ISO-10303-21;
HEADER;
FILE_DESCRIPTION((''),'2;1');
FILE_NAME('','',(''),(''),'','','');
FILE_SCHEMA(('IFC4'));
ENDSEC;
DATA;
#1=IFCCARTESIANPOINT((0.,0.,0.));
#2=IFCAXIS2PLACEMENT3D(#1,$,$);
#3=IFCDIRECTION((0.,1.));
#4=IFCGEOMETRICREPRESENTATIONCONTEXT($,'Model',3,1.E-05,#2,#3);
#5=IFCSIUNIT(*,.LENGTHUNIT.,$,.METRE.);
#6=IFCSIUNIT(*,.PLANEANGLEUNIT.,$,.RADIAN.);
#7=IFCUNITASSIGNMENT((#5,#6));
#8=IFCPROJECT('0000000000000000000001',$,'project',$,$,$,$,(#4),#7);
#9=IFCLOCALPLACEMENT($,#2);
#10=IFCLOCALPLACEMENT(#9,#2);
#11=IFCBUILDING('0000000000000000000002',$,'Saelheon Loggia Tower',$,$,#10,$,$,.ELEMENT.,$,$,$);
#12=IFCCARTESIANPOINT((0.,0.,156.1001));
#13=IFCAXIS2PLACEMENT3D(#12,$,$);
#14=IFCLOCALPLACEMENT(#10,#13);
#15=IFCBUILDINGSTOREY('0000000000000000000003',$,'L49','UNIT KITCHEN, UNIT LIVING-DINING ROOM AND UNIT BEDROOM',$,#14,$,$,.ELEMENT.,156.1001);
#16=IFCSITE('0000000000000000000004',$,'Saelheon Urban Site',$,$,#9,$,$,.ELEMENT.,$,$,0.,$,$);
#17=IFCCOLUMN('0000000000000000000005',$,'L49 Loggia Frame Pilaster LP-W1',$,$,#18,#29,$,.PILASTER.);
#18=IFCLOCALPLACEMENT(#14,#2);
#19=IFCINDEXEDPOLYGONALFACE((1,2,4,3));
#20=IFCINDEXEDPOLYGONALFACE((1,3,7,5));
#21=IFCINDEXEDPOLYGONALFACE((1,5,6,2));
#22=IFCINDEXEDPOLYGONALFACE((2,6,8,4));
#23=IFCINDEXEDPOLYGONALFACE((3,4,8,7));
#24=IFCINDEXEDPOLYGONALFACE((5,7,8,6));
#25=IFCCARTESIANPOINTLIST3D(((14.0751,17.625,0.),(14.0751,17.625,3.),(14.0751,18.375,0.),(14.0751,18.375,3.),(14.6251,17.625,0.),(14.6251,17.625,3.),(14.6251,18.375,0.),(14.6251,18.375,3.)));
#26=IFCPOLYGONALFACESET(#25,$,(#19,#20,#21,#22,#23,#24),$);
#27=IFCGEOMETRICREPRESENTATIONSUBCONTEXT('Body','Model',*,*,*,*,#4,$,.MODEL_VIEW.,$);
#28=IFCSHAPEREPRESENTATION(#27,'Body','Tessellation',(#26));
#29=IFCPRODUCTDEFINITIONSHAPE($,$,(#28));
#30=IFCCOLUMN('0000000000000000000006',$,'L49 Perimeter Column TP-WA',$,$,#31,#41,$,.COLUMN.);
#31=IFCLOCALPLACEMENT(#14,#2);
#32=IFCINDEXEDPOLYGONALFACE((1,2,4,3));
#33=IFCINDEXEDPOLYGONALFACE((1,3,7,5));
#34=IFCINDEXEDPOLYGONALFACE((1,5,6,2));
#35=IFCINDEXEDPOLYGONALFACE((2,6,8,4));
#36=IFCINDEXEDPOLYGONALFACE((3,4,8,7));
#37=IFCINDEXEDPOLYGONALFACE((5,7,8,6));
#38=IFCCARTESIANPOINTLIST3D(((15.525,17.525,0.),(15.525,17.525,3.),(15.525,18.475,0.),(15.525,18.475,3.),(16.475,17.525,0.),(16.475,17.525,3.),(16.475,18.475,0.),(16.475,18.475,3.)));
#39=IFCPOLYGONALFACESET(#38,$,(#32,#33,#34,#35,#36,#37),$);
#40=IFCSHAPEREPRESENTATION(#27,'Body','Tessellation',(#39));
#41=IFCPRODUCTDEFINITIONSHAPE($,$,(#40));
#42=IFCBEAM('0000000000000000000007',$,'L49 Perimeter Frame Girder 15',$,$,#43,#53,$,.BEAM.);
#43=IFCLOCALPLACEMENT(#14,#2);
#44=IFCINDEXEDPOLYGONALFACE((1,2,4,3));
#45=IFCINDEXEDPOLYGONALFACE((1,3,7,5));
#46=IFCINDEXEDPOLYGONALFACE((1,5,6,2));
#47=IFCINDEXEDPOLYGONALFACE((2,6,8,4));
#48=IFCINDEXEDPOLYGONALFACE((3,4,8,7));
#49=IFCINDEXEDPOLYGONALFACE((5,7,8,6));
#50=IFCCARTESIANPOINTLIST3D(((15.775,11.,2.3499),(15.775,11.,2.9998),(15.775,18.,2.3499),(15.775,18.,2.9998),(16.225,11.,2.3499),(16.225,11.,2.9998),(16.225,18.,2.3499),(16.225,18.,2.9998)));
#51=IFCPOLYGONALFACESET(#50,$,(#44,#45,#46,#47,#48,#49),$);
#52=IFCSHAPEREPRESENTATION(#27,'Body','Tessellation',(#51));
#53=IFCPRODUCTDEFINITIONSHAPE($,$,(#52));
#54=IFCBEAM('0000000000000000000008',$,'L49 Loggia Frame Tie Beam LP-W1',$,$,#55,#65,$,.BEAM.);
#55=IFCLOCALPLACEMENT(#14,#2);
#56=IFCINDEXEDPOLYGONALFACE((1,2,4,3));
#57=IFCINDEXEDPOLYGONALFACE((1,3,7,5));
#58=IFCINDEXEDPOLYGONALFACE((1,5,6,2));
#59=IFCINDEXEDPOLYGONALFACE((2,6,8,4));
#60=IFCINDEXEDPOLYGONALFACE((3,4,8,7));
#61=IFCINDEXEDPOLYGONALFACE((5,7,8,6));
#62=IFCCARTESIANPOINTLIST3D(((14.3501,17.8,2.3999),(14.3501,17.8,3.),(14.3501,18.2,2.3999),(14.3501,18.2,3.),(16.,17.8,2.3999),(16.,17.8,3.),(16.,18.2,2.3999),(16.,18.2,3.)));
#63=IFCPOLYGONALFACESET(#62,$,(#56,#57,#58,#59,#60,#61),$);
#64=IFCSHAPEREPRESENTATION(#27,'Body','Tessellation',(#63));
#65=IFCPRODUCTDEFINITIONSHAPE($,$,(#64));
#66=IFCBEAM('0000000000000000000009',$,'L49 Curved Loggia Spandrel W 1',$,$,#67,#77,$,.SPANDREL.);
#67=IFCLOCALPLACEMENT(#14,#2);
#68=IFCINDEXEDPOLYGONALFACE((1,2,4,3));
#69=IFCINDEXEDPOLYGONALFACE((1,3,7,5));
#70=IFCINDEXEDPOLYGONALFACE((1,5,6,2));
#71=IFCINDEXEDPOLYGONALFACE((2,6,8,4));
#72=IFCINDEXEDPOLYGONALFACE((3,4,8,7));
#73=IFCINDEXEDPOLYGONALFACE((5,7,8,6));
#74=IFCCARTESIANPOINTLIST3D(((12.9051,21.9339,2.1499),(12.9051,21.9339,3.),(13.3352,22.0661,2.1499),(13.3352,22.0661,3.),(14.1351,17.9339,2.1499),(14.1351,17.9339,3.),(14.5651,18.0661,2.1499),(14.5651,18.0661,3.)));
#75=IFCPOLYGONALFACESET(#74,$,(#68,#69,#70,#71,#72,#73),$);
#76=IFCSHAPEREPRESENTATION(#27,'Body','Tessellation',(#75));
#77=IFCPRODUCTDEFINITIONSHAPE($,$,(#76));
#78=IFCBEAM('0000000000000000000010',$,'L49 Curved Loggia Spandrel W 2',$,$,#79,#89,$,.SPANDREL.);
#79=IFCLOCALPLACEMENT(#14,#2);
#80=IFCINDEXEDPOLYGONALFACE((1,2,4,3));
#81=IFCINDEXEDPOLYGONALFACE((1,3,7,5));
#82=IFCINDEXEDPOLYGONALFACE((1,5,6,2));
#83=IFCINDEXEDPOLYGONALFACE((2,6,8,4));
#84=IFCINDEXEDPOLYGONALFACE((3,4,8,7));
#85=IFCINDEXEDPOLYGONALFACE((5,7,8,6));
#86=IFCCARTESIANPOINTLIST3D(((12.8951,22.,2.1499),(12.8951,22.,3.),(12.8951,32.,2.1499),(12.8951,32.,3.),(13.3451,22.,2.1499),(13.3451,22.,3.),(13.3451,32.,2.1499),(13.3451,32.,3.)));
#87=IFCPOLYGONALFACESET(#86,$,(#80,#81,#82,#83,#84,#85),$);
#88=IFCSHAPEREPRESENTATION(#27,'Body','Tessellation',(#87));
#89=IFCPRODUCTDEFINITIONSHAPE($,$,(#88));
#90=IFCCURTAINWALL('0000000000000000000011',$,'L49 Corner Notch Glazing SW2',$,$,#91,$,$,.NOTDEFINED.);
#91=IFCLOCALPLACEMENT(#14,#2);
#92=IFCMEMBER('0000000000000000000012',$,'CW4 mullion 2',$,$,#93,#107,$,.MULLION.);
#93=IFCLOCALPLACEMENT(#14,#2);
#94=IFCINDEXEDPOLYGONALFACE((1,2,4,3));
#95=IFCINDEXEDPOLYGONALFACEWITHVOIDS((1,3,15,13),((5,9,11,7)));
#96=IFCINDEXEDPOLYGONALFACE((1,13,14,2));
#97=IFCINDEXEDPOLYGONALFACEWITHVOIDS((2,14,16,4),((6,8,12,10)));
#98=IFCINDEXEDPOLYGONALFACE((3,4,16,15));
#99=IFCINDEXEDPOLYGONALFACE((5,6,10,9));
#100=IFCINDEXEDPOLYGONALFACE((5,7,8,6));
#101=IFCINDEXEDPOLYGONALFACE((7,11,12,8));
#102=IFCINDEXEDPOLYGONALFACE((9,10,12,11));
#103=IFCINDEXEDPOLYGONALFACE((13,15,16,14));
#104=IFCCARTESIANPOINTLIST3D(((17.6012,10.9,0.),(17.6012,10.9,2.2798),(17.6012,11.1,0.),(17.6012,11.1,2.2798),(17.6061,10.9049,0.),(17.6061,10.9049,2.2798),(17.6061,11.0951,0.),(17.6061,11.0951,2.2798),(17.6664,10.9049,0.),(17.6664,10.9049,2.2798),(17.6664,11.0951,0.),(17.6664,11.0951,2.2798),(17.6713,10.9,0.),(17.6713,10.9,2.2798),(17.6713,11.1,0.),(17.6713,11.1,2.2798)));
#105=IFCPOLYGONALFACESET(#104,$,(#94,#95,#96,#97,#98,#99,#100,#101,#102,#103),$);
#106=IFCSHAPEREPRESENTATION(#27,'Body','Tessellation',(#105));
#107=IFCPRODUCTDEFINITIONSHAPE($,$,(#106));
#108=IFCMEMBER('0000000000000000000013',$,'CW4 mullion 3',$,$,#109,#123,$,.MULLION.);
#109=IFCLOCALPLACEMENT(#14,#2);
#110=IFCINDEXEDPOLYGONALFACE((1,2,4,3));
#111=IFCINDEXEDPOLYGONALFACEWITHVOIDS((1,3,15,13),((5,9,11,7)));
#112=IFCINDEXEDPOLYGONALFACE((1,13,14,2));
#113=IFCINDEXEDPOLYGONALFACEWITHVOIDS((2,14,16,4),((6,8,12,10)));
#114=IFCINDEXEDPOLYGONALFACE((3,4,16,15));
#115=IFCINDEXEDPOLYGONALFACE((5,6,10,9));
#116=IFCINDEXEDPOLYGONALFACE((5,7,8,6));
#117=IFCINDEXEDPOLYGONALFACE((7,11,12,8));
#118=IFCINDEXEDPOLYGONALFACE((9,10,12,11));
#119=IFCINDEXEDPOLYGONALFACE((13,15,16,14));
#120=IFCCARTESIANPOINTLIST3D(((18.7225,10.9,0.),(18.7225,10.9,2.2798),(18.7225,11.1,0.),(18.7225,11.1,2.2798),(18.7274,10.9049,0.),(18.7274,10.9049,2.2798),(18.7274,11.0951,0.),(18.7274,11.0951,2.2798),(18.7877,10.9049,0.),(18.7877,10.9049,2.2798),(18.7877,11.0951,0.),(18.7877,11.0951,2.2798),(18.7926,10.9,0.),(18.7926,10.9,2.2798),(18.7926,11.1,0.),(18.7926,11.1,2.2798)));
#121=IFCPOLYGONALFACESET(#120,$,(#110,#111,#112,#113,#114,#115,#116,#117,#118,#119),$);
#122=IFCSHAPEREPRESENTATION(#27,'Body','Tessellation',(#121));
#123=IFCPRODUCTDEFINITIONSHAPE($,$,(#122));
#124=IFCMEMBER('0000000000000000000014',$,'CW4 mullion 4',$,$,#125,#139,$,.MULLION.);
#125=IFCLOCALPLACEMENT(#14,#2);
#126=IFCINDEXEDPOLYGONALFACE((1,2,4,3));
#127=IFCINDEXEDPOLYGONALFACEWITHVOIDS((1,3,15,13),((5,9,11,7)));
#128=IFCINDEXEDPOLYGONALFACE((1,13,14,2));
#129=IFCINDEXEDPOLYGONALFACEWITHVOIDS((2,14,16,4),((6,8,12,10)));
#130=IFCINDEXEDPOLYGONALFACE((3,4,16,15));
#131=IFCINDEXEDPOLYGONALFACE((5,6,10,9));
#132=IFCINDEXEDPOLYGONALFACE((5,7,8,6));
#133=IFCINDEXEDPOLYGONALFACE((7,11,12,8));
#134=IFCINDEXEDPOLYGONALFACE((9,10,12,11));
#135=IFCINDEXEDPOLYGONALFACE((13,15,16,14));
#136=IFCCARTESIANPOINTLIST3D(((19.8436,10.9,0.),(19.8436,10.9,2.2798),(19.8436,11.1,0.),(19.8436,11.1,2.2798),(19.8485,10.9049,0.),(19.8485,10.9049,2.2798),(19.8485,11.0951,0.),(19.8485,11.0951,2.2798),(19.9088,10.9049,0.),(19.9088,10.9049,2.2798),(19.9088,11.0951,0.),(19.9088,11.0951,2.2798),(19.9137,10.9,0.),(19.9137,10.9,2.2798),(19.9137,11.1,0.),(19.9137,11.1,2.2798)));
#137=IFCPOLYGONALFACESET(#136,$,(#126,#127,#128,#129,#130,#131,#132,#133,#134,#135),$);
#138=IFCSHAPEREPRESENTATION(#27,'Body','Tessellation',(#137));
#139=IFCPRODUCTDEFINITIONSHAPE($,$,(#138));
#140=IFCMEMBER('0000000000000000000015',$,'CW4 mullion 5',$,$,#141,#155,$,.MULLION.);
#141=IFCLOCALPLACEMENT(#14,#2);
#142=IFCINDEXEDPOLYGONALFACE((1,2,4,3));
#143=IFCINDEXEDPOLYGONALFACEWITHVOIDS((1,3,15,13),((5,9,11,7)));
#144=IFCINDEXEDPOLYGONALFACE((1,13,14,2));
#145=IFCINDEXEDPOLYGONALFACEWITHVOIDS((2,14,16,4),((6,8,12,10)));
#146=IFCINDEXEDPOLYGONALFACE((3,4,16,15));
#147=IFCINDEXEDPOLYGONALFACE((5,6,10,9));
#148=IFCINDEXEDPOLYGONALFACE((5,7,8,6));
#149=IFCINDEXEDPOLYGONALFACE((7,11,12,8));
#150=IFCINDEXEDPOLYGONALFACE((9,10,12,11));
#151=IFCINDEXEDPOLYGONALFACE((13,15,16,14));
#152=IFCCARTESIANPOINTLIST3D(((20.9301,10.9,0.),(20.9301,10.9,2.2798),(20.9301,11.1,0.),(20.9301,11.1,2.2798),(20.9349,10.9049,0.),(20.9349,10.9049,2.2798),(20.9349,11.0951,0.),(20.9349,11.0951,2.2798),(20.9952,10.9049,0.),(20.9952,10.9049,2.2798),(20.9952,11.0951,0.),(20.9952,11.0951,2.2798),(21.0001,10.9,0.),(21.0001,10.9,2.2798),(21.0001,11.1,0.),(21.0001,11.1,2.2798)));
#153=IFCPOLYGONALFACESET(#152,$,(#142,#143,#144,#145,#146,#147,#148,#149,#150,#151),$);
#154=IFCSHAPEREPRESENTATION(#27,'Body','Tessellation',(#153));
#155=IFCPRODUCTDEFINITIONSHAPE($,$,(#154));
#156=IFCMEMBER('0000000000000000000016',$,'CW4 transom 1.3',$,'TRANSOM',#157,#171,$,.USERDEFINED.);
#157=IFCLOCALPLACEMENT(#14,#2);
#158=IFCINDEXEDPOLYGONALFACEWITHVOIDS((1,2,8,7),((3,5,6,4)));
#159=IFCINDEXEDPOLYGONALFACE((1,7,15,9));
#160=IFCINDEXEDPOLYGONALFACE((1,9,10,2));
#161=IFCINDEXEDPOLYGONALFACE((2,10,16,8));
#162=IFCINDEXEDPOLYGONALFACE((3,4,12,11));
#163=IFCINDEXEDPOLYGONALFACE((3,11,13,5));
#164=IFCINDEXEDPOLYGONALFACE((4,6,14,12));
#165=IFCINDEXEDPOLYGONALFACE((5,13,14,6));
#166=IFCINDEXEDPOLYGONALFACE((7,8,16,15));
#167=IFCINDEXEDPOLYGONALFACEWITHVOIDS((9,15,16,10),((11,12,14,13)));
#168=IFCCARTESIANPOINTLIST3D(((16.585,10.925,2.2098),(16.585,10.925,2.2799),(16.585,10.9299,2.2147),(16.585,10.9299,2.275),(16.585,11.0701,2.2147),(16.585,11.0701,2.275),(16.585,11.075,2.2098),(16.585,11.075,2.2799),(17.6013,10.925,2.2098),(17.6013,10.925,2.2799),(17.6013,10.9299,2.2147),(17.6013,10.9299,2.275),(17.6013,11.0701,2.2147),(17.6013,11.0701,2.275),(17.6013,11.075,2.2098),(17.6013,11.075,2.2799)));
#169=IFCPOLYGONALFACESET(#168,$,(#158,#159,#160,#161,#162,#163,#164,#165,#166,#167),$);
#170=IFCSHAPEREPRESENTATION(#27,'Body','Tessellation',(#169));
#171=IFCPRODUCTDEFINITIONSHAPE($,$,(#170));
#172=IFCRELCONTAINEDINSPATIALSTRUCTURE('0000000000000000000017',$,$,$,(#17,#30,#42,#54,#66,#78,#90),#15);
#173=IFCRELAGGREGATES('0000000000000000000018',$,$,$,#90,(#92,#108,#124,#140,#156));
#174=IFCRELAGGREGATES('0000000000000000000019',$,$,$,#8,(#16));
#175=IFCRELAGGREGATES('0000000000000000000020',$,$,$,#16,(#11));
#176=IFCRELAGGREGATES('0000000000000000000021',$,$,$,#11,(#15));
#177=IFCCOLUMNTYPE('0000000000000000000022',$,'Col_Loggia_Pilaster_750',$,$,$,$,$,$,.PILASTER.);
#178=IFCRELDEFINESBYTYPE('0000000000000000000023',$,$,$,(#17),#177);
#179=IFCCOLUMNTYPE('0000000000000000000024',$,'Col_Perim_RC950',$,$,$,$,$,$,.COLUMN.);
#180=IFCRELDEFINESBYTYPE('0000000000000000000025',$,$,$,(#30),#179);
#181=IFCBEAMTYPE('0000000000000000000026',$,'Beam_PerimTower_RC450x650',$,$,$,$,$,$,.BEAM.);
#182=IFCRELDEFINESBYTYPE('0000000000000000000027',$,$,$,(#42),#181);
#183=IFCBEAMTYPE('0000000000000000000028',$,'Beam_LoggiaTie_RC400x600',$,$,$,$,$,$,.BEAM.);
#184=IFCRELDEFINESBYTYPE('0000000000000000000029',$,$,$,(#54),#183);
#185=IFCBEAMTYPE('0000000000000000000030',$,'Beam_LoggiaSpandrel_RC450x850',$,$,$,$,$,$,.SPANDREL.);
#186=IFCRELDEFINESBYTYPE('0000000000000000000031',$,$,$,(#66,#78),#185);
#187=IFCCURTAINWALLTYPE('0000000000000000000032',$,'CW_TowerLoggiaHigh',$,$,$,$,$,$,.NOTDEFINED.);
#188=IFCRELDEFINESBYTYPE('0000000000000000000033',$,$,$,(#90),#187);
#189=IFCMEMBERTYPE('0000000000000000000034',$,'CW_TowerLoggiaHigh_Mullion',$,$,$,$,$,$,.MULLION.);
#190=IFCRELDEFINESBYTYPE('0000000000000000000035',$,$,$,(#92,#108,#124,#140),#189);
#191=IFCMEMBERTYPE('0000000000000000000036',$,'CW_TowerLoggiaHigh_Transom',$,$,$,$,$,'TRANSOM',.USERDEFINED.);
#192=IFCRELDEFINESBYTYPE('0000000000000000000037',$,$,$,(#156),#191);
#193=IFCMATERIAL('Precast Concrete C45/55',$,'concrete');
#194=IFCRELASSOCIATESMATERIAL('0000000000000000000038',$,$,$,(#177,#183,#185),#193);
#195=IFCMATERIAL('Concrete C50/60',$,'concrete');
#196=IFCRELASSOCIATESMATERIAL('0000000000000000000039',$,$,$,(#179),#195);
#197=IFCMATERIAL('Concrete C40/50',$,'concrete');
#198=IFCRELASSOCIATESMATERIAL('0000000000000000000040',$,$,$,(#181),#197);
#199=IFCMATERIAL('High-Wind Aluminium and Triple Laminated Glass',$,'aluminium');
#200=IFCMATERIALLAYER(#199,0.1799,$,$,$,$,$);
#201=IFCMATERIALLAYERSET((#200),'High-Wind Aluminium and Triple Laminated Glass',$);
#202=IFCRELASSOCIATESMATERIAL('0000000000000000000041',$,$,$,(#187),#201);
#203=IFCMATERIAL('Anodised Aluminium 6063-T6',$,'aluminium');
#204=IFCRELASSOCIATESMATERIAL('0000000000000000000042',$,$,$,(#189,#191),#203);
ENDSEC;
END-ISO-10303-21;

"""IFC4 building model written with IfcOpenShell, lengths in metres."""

from ifc_helpers import new_model, si_unit, direction, frame, origin, origin_2d, place, context, subcontext, project, spatial, rectangle, hollow_rectangle, extrude, source, transform, mapped, material, layer, layer_set, material_profile, profile_set, type_object, element, aggregate, save


model = new_model("IFC4")

# Units and contexts
model_context = context("Model", 3, precision=1e-05, world=origin(), true_north=direction((0.0, 1.0)))
body_context = subcontext(model_context, "Body", "Model", "MODEL_VIEW")
ifc_project = project(units=[si_unit("LENGTHUNIT", "METRE"), si_unit("PLANEANGLEUNIT", "RADIAN")], contexts=[model_context])

# Site, building, storey
site_placement = place(None, origin())
site = spatial("IfcSite", under=ifc_project, at=site_placement, Name="Saelheon Urban Site", CompositionType="ELEMENT", RefElevation=0.0)
building_placement = place(site_placement, origin())
building = spatial("IfcBuilding", under=site, at=building_placement, Name="Saelheon Loggia Tower", CompositionType="ELEMENT")
storey_placement = place(building_placement, frame((0.0, 0.0, 156.1001)))
storey = spatial("IfcBuildingStorey", under=building, at=storey_placement, Name="L49", Description="UNIT KITCHEN, UNIT LIVING-DINING ROOM AND UNIT BEDROOM", CompositionType="ELEMENT", Elevation=156.1001)

# Columns
ifc_material_1 = material(Name="Precast Concrete C45/55", Category="concrete")
ifc_material_profile_1 = material_profile(ifc_material_1, rectangle(XDim=0.55, YDim=0.75, at=origin_2d()), Name="RC-550x750")
ifc_profile_set_1 = profile_set([ifc_material_profile_1], Name="Precast Concrete C45/55")
column_type_1 = type_object("IfcColumnType", Name="Col_Loggia_Pilaster_750", PredefinedType="PILASTER", material=ifc_profile_set_1)
shared_shape_1 = source(origin(), body_context, "Body", "SweptSolid", [
    extrude(rectangle(XDim=0.55, YDim=0.75, at=origin_2d()), origin(), (0.0, 0.0, 1.0), 3.0),
])
column_1_placement = place(storey_placement, frame((14.3501, 18.0, 0.0), z_axis=(0.0, 0.0, 1.0), x_axis=(1.0, 0.0, 0.0)))
element("IfcColumn", 1, at=column_1_placement, inside=storey, type_object=column_type_1, Name="L49 Loggia Frame Pilaster LP-W1", PredefinedType="PILASTER", context=body_context, shape_type="MappedRepresentation", body=[
    mapped(shared_shape_1, transform((0.0, 0.0, 0.0), scale=1.0)),
])
ifc_material_2 = material(Name="Concrete C50/60", Category="concrete")
ifc_material_profile_2 = material_profile(ifc_material_2, rectangle(XDim=0.95, YDim=0.95, at=origin_2d()), Name="RC-950x950")
ifc_profile_set_2 = profile_set([ifc_material_profile_2], Name="Concrete C50/60")
column_type_2 = type_object("IfcColumnType", Name="Col_Perim_RC950", PredefinedType="COLUMN", material=ifc_profile_set_2)
shared_shape_2 = source(origin(), body_context, "Body", "SweptSolid", [
    extrude(rectangle(XDim=0.95, YDim=0.95, at=origin_2d()), origin(), (0.0, 0.0, 1.0), 3.0),
])
column_2_placement = place(storey_placement, frame((16.0, 18.0, 0.0), z_axis=(0.0, 0.0, 1.0), x_axis=(1.0, 0.0, 0.0)))
element("IfcColumn", 2, at=column_2_placement, inside=storey, type_object=column_type_2, Name="L49 Perimeter Column TP-WA", PredefinedType="COLUMN", context=body_context, shape_type="MappedRepresentation", body=[
    mapped(shared_shape_2, transform((0.0, 0.0, 0.0), scale=1.0)),
])

# Beams
ifc_material_3 = material(Name="Concrete C40/50", Category="concrete")
ifc_material_profile_3 = material_profile(ifc_material_3, rectangle(XDim=0.45, YDim=0.6499, at=origin_2d()), Name="RC-450x650")
ifc_profile_set_3 = profile_set([ifc_material_profile_3], Name="Concrete C40/50")
beam_type_1 = type_object("IfcBeamType", Name="Beam_PerimTower_RC450x650", PredefinedType="BEAM", material=ifc_profile_set_3)
shared_shape_3 = source(origin(), body_context, "Body", "SweptSolid", [
    extrude(rectangle(XDim=0.45, YDim=0.6499, at=origin_2d()), origin(), (0.0, 0.0, 1.0), 7.0),
])
beam_1_placement = place(storey_placement, frame((16.0, 18.0, 2.6748), z_axis=(0.0, -1.0, 0.0), x_axis=(1.0, 0.0, 0.0)))
element("IfcBeam", 3, at=beam_1_placement, inside=storey, type_object=beam_type_1, Name="L49 Perimeter Frame Girder 15", PredefinedType="BEAM", context=body_context, shape_type="MappedRepresentation", body=[
    mapped(shared_shape_3, transform((0.0, 0.0, 0.0), scale=1.0)),
])
ifc_material_profile_4 = material_profile(ifc_material_1, rectangle(XDim=0.3999, YDim=0.6001, at=origin_2d()), Name="RC-400x600")
ifc_profile_set_4 = profile_set([ifc_material_profile_4], Name="Precast Concrete C45/55")
beam_type_2 = type_object("IfcBeamType", Name="Beam_LoggiaTie_RC400x600", PredefinedType="BEAM", material=ifc_profile_set_4)
shared_shape_4 = source(origin(), body_context, "Body", "SweptSolid", [
    extrude(rectangle(XDim=0.3999, YDim=0.6001, at=origin_2d()), origin(), (0.0, 0.0, 1.0), 1.6499),
])
beam_2_placement = place(storey_placement, frame((16.0, 18.0, 2.7), z_axis=(-1.0, 0.0, 0.0), x_axis=(0.0, -1.0, 0.0)))
element("IfcBeam", 4, at=beam_2_placement, inside=storey, type_object=beam_type_2, Name="L49 Loggia Frame Tie Beam LP-W1", PredefinedType="BEAM", context=body_context, shape_type="MappedRepresentation", body=[
    mapped(shared_shape_4, transform((0.0, 0.0, 0.0), scale=1.0)),
])
ifc_material_profile_5 = material_profile(ifc_material_1, rectangle(XDim=0.45, YDim=0.8501, at=origin_2d()), Name="RC-450x850")
ifc_profile_set_5 = profile_set([ifc_material_profile_5], Name="Precast Concrete C45/55")
beam_type_3 = type_object("IfcBeamType", Name="Beam_LoggiaSpandrel_RC450x850", PredefinedType="SPANDREL", material=ifc_profile_set_5)
shared_shape_5 = source(origin(), body_context, "Body", "SweptSolid", [
    extrude(rectangle(XDim=0.45, YDim=0.8501, at=origin_2d()), origin(), (0.0, 0.0, 1.0), 4.1848),
])
beam_3_placement = place(storey_placement, frame((14.3501, 18.0, 2.575), z_axis=(-0.293914, 0.955832, 0.0), x_axis=(-0.955832, -0.293914, 0.0)))
element("IfcBeam", 5, at=beam_3_placement, inside=storey, type_object=beam_type_3, Name="L49 Curved Loggia Spandrel W 1", PredefinedType="SPANDREL", context=body_context, shape_type="MappedRepresentation", body=[
    mapped(shared_shape_5, transform((0.0, 0.0, 0.0), scale=1.0)),
])
shared_shape_6 = source(origin(), body_context, "Body", "SweptSolid", [
    extrude(rectangle(XDim=0.45, YDim=0.8501, at=origin_2d()), origin(), (0.0, 0.0, 1.0), 10.0),
])
beam_4_placement = place(storey_placement, frame((13.1201, 22.0, 2.575), z_axis=(0.0, 1.0, 0.0), x_axis=(-1.0, 0.0, 0.0)))
element("IfcBeam", 6, at=beam_4_placement, inside=storey, type_object=beam_type_3, Name="L49 Curved Loggia Spandrel W 2", PredefinedType="SPANDREL", context=body_context, shape_type="MappedRepresentation", body=[
    mapped(shared_shape_6, transform((0.0, 0.0, 0.0), scale=1.0)),
])

# Curtain wall, members
ifc_material_4 = material(Name="High-Wind Aluminium and Triple Laminated Glass", Category="aluminium")
ifc_layer_1 = layer(ifc_material_4, 0.1799)
ifc_layer_set_1 = layer_set([ifc_layer_1], Name="High-Wind Aluminium and Triple Laminated Glass")
curtain_wall_type = type_object("IfcCurtainWallType", Name="CW_TowerLoggiaHigh", PredefinedType="NOTDEFINED", material=ifc_layer_set_1)
curtain_wall_placement = place(storey_placement, origin())
curtain_wall = element("IfcCurtainWall", 7, at=curtain_wall_placement, inside=storey, type_object=curtain_wall_type, Name="L49 Corner Notch Glazing SW2", PredefinedType="NOTDEFINED")
ifc_material_5 = material(Name="Anodised Aluminium 6063-T6", Category="aluminium")
ifc_material_profile_6 = material_profile(ifc_material_5, hollow_rectangle(XDim=0.0701, YDim=0.2, WallThickness=0.0049, at=origin_2d()), Name="RHS-200x70x5")
ifc_profile_set_6 = profile_set([ifc_material_profile_6], Name="Anodised Aluminium 6063-T6")
member_type_1 = type_object("IfcMemberType", Name="CW_TowerLoggiaHigh_Mullion", PredefinedType="MULLION", material=ifc_profile_set_6)
shared_shape_7 = source(origin(), body_context, "Body", "SweptSolid", [
    extrude(hollow_rectangle(XDim=0.0701, YDim=0.2, WallThickness=0.0049, at=origin_2d()), origin(), (0.0, 0.0, 1.0), 2.2798),
])
member_1_placement = place(storey_placement, frame((17.6362, 11.0, 0.0), z_axis=(0.0, 0.0, 1.0), x_axis=(1.0, 0.0, 0.0)))
member_1 = element("IfcMember", 8, at=member_1_placement, type_object=member_type_1, Name="CW4 mullion 2", PredefinedType="MULLION", context=body_context, shape_type="MappedRepresentation", body=[
    mapped(shared_shape_7, transform((0.0, 0.0, 0.0), scale=1.0)),
])
member_2_placement = place(storey_placement, frame((18.7576, 11.0, 0.0), z_axis=(0.0, 0.0, 1.0), x_axis=(1.0, 0.0, 0.0)))
member_2 = element("IfcMember", 9, at=member_2_placement, type_object=member_type_1, Name="CW4 mullion 3", PredefinedType="MULLION", context=body_context, shape_type="MappedRepresentation", body=[
    mapped(shared_shape_7, transform((0.0, 0.0, 0.0), scale=1.0)),
])
member_3_placement = place(storey_placement, frame((19.8787, 11.0, 0.0), z_axis=(0.0, 0.0, 1.0), x_axis=(1.0, 0.0, 0.0)))
member_3 = element("IfcMember", 10, at=member_3_placement, type_object=member_type_1, Name="CW4 mullion 4", PredefinedType="MULLION", context=body_context, shape_type="MappedRepresentation", body=[
    mapped(shared_shape_7, transform((0.0, 0.0, 0.0), scale=1.0)),
])
member_4_placement = place(storey_placement, frame((20.9651, 11.0, 0.0), z_axis=(0.0, 0.0, 1.0), x_axis=(1.0, 0.0, 0.0)))
member_4 = element("IfcMember", 11, at=member_4_placement, type_object=member_type_1, Name="CW4 mullion 5", PredefinedType="MULLION", context=body_context, shape_type="MappedRepresentation", body=[
    mapped(shared_shape_7, transform((0.0, 0.0, 0.0), scale=1.0)),
])
ifc_material_profile_7 = material_profile(ifc_material_5, hollow_rectangle(XDim=0.0701, YDim=0.1499, WallThickness=0.0049, at=origin_2d()), Name="RHS-150x70x5")
ifc_profile_set_7 = profile_set([ifc_material_profile_7], Name="Anodised Aluminium 6063-T6")
member_type_2 = type_object("IfcMemberType", Name="CW_TowerLoggiaHigh_Transom", ElementType="TRANSOM", PredefinedType="USERDEFINED", material=ifc_profile_set_7)
shared_shape_8 = source(origin(), body_context, "Body", "SweptSolid", [
    extrude(hollow_rectangle(XDim=0.0701, YDim=0.1499, WallThickness=0.0049, at=origin_2d()), origin(), (0.0, 0.0, 1.0), 1.0164),
])
member_5_placement = place(storey_placement, frame((16.585, 11.0, 2.2449), z_axis=(1.0, 0.0, 0.0), x_axis=(0.0, 0.0, 1.0)))
member_5 = element("IfcMember", 12, at=member_5_placement, type_object=member_type_2, Name="CW4 transom 1.3", ObjectType="TRANSOM", PredefinedType="USERDEFINED", context=body_context, shape_type="MappedRepresentation", body=[
    mapped(shared_shape_8, transform((0.0, 0.0, 0.0), scale=1.0)),
])
aggregate(curtain_wall, [member_1, member_2, member_3, member_4, member_5])

save(model, "model.ifc")
